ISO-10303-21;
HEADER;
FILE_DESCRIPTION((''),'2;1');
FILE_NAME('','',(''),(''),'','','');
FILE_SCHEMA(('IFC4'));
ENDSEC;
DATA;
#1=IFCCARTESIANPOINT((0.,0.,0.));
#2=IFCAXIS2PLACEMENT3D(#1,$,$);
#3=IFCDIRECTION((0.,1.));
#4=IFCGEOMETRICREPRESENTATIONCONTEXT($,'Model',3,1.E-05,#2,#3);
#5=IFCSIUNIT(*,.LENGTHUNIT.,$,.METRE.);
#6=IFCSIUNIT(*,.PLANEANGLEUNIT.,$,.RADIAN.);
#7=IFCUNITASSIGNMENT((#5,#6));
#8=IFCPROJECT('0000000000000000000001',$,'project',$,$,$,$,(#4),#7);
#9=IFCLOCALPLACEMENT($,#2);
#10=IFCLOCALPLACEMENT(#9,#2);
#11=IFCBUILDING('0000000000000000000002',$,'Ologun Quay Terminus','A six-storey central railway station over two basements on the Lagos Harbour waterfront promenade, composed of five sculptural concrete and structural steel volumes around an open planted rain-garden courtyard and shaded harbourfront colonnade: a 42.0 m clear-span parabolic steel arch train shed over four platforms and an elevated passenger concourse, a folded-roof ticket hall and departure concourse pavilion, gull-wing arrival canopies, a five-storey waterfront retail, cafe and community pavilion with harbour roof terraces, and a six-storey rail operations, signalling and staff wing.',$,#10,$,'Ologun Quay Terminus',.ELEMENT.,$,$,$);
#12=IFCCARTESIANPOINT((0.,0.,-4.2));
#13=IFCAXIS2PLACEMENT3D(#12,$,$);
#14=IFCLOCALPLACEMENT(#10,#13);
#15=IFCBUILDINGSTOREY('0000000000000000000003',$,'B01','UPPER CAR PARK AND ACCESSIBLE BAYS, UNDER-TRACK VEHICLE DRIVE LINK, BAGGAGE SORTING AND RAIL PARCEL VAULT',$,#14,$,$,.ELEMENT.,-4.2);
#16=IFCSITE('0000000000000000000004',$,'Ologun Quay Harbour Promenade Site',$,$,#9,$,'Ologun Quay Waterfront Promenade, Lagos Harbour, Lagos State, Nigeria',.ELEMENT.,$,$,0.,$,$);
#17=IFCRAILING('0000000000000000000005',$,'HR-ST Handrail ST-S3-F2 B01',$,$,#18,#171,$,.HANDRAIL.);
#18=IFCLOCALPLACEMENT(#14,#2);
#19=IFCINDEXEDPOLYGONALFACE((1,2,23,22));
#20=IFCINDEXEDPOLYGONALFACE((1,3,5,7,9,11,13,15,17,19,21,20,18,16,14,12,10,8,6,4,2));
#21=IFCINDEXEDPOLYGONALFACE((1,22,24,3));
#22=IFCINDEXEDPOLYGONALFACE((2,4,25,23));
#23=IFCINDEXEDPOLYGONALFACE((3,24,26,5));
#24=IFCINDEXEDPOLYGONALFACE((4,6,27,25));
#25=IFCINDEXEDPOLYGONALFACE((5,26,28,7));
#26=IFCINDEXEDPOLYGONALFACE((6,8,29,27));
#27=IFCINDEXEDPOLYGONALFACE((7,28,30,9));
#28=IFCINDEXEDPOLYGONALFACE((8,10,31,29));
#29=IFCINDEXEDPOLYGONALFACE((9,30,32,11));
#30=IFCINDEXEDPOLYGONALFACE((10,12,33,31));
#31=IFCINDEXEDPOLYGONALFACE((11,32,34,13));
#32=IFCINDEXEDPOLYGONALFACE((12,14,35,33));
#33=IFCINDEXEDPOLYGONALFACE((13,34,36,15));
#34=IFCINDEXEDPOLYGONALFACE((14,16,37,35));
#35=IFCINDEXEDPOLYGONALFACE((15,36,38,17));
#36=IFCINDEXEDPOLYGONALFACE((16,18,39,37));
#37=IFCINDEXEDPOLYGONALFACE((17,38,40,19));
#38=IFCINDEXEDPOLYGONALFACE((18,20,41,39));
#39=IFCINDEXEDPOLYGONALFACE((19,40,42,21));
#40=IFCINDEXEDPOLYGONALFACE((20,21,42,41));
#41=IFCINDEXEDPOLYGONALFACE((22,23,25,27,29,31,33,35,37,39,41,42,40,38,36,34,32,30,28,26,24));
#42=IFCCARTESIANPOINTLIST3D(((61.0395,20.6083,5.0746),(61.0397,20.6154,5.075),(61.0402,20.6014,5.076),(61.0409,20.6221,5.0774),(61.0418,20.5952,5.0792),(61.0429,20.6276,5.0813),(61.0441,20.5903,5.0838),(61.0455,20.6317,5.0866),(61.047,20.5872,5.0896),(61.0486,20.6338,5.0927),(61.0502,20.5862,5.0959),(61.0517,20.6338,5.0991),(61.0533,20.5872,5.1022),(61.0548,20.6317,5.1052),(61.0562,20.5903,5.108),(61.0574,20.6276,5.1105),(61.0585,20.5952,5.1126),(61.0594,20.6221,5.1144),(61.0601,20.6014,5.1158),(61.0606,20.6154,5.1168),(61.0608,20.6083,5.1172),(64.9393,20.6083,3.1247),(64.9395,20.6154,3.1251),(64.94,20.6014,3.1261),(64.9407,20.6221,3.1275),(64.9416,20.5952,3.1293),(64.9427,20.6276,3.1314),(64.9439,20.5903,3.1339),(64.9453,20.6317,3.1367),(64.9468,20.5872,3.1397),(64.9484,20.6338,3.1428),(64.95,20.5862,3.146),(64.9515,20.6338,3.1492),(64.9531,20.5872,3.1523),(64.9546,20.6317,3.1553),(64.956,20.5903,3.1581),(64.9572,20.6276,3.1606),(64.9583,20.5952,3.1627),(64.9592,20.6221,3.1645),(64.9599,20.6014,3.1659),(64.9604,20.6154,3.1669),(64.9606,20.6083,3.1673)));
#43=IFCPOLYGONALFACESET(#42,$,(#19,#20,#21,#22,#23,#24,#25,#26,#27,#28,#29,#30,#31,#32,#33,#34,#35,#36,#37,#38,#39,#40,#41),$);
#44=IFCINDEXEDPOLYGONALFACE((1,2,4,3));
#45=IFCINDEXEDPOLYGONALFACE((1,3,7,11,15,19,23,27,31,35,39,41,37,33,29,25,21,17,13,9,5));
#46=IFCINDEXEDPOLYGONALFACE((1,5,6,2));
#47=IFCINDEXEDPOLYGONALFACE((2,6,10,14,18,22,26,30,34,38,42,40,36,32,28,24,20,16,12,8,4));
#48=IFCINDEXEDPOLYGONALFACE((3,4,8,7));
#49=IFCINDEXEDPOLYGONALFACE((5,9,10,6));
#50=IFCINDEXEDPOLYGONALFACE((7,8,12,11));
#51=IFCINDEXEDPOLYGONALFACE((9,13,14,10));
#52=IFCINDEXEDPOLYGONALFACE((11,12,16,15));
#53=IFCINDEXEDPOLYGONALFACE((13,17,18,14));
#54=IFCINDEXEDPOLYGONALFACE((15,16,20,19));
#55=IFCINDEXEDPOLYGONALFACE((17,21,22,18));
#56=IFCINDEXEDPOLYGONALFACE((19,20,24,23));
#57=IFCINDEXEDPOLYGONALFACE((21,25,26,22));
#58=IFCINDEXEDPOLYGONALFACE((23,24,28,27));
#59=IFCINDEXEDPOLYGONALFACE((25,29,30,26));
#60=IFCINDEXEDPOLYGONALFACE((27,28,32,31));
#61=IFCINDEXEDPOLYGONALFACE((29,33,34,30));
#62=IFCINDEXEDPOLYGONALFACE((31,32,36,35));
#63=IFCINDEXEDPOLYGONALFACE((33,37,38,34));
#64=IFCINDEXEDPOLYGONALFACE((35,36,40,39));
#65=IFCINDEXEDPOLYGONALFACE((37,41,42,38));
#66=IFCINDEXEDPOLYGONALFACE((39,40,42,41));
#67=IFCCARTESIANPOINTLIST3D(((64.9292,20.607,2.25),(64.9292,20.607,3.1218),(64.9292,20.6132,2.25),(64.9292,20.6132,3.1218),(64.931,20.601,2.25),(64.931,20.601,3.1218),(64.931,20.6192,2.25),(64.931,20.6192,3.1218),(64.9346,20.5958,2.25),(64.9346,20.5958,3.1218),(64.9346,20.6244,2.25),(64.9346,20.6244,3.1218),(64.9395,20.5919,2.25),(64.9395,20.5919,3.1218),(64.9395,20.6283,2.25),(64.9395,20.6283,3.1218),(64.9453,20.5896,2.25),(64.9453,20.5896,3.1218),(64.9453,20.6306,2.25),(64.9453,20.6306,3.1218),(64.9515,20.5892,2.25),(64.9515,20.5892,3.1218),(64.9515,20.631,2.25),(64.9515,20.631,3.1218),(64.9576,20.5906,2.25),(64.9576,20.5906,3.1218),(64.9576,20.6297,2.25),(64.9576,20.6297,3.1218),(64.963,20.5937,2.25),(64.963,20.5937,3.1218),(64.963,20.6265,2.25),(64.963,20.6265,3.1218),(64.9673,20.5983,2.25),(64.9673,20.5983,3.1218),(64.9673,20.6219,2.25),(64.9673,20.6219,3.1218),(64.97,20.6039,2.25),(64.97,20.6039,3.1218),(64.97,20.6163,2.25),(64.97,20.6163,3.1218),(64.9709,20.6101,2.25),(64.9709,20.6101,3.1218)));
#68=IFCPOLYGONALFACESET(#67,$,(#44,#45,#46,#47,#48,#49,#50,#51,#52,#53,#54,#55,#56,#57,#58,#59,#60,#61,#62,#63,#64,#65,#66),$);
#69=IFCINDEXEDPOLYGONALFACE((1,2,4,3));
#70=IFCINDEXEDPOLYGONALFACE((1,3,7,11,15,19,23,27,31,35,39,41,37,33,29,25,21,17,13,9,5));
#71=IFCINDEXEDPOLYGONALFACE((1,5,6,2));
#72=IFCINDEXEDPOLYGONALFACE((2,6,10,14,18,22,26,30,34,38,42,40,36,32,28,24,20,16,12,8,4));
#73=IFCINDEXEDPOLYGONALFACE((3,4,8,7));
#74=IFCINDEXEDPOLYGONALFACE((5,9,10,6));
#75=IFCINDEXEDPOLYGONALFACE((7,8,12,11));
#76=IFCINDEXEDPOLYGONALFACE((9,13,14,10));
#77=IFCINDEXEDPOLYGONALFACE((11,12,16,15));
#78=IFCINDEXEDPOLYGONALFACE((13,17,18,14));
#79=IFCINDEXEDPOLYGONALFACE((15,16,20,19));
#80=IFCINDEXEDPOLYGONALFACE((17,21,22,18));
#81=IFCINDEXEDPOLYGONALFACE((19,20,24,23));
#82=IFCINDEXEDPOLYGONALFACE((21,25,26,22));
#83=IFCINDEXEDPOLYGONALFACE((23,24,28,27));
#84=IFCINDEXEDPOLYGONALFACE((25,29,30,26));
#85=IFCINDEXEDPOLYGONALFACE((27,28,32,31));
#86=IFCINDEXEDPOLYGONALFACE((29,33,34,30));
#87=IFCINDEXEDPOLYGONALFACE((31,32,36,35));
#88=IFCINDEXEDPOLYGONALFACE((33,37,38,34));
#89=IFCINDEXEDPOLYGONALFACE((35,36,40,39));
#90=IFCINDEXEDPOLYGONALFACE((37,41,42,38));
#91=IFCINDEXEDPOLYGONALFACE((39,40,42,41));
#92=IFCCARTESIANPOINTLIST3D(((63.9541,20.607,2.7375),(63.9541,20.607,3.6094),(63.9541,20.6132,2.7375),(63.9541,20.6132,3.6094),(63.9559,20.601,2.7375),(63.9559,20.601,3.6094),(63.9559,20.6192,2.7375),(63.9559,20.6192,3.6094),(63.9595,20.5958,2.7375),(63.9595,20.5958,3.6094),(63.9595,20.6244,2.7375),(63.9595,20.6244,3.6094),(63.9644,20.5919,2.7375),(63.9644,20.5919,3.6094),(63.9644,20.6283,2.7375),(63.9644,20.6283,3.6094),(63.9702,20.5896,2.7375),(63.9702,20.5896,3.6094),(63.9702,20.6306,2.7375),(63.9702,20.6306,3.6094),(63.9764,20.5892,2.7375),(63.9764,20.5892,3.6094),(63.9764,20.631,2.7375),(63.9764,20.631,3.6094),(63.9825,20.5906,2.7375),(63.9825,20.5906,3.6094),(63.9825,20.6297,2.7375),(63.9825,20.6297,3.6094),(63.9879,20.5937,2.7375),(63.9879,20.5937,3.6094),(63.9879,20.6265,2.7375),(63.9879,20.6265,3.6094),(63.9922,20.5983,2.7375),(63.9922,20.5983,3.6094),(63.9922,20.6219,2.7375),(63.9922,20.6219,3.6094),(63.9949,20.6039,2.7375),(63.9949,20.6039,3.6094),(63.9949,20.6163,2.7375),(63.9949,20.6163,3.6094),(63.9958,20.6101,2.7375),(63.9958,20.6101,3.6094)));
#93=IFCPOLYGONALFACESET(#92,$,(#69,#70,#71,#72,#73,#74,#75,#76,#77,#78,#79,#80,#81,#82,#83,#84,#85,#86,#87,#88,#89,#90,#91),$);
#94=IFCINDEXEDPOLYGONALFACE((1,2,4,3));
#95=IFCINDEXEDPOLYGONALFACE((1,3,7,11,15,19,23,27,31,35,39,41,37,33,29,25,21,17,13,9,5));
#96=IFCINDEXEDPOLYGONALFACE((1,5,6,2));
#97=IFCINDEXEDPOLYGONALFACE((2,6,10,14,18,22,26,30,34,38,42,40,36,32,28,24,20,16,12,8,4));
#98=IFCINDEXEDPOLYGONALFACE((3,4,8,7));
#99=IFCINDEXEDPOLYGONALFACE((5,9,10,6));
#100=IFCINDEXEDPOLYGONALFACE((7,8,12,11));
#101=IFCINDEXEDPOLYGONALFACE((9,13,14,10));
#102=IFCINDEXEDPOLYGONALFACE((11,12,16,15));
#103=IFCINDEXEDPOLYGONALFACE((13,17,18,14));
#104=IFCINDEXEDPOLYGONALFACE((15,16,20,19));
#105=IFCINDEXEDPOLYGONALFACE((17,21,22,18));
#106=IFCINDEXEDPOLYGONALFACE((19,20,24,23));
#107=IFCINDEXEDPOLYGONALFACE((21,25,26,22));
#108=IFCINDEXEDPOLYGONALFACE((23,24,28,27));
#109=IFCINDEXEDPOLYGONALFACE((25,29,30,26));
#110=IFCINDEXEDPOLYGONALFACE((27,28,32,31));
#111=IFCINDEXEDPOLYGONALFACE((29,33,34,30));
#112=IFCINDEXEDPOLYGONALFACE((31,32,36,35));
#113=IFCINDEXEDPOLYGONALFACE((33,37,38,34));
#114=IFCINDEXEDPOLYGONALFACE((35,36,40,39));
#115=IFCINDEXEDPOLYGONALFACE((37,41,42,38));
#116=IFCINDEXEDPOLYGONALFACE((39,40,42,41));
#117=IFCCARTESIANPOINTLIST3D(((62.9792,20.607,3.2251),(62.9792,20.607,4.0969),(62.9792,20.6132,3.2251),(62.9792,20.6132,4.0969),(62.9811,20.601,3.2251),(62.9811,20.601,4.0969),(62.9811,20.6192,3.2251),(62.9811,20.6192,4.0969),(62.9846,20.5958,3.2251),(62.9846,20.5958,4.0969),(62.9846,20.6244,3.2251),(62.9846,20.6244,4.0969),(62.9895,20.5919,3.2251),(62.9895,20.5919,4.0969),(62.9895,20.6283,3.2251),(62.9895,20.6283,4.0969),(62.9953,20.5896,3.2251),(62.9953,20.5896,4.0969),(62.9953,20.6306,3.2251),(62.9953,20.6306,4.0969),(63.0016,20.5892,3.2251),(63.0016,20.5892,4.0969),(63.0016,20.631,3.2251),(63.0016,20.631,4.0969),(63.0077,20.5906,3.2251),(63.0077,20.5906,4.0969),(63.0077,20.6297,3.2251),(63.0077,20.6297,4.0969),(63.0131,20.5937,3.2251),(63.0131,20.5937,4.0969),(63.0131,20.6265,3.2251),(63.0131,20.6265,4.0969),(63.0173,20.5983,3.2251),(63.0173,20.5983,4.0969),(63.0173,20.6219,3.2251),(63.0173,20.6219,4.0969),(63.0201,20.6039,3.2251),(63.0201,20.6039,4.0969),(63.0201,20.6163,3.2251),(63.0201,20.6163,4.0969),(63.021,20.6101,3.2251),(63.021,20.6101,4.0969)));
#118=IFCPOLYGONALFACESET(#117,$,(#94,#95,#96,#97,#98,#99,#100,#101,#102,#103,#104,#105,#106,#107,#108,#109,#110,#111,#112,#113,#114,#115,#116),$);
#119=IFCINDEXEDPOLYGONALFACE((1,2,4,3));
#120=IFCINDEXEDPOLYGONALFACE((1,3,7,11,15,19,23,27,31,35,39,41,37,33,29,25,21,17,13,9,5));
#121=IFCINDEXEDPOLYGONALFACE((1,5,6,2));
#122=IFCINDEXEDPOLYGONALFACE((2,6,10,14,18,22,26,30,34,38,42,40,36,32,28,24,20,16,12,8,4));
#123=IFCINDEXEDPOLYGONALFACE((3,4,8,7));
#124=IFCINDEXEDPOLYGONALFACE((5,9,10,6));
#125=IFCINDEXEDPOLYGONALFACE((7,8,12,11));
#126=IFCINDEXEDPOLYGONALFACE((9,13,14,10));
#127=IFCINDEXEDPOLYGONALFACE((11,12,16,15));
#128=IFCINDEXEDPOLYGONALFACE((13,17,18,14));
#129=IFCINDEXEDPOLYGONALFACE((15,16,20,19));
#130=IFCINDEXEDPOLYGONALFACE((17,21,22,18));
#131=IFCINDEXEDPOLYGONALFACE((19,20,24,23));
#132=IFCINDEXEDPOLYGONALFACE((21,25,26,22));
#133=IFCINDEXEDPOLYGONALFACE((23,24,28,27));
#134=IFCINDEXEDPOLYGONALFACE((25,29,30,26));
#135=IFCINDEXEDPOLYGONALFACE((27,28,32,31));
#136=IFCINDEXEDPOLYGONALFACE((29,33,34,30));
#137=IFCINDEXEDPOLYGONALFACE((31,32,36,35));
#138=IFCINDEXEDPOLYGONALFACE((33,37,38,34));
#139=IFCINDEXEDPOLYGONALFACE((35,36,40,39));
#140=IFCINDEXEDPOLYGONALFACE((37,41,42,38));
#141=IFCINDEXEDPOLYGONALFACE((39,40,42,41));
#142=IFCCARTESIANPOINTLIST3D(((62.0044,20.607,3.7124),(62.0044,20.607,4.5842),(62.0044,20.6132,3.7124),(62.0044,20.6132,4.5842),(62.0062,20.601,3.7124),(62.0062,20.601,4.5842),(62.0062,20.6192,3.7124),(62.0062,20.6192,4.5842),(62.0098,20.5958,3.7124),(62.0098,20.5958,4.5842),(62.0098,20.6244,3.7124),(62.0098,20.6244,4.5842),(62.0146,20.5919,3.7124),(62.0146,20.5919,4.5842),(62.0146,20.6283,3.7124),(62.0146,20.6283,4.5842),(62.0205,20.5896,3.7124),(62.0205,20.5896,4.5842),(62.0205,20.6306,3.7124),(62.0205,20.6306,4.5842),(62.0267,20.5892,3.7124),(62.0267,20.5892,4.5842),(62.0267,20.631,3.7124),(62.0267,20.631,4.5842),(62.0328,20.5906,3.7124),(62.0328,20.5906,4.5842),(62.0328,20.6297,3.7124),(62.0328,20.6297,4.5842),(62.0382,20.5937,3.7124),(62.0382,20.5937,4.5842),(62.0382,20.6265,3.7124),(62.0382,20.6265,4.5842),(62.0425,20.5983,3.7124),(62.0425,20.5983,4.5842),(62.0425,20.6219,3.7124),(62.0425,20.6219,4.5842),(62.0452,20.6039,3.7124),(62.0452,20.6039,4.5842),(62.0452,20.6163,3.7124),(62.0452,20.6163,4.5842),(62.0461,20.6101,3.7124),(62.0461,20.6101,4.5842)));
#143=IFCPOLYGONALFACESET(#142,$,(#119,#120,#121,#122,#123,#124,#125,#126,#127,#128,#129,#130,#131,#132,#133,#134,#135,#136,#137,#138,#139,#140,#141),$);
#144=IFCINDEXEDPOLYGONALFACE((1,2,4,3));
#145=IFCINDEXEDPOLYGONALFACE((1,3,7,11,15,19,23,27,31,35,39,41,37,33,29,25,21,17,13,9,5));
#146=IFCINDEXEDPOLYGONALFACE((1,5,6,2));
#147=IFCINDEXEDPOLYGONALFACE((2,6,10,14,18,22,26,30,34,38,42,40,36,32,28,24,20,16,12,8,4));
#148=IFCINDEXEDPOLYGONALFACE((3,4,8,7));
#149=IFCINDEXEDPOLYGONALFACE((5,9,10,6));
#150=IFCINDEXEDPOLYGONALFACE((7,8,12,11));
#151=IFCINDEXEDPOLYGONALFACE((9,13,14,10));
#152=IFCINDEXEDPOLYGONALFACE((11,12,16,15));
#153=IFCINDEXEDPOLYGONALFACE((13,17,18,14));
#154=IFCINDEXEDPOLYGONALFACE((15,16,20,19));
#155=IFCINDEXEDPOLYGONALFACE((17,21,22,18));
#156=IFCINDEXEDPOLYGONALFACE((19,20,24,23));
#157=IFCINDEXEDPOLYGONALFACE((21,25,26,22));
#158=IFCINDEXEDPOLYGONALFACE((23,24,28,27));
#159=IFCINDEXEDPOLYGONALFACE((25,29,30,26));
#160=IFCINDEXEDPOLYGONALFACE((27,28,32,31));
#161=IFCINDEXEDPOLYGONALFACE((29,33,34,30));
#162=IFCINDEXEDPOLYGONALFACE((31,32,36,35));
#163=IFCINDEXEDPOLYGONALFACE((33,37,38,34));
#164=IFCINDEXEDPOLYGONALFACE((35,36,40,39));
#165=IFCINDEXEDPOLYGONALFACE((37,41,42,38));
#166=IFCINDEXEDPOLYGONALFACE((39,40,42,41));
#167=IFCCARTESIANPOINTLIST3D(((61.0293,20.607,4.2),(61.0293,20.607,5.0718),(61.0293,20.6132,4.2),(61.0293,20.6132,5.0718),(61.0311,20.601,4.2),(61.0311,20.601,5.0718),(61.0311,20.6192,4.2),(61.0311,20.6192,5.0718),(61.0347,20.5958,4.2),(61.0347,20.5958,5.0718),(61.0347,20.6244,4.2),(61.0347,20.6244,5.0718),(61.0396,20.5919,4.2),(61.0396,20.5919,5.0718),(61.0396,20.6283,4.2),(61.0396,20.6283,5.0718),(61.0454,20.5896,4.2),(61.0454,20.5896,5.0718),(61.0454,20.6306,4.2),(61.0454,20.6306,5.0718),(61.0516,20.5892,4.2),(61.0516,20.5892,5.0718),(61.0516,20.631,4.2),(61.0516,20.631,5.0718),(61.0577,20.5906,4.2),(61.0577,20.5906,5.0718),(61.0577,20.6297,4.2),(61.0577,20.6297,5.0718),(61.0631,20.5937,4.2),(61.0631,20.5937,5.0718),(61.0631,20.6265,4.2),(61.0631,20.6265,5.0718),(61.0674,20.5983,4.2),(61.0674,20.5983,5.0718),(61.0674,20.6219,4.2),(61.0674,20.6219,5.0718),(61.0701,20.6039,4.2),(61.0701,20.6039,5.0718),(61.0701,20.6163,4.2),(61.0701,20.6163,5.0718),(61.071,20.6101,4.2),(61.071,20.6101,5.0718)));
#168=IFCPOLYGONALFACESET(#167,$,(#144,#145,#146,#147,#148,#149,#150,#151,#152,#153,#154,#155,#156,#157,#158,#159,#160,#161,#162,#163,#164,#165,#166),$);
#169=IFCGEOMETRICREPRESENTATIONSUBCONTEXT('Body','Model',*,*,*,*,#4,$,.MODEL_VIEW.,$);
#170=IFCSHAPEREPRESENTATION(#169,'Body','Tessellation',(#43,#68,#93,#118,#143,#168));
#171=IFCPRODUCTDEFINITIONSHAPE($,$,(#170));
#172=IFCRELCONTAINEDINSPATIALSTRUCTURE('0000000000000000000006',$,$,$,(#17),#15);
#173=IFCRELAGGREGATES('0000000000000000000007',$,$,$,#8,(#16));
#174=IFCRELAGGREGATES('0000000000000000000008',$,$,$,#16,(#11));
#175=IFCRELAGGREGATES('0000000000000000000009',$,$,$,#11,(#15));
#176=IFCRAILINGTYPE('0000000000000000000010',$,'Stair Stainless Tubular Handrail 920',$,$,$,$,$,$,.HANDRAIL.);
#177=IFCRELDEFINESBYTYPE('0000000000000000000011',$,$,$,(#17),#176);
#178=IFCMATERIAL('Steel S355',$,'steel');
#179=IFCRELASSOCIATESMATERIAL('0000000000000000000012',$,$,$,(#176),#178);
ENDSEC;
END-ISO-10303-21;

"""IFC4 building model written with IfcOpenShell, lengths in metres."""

from ifc_helpers import new_model, si_unit, direction, frame, origin, origin_2d, place, context, subcontext, project, spatial, circle, extrude, material, type_object, element, save


model = new_model("IFC4")

# Units and contexts
model_context = context("Model", 3, precision=1e-05, world=origin(), true_north=direction((0.0, 1.0)))
body_context = subcontext(model_context, "Body", "Model", "MODEL_VIEW")
ifc_project = project(units=[si_unit("LENGTHUNIT", "METRE"), si_unit("PLANEANGLEUNIT", "RADIAN")], contexts=[model_context])

# Site, building, storey
site_placement = place(None, origin())
site = spatial("IfcSite", under=ifc_project, at=site_placement, Name="Ologun Quay Harbour Promenade Site", LongName="Ologun Quay Waterfront Promenade, Lagos Harbour, Lagos State, Nigeria", CompositionType="ELEMENT", RefElevation=0.0)
building_placement = place(site_placement, origin())
building = spatial("IfcBuilding", under=site, at=building_placement, Name="Ologun Quay Terminus", Description="A six-storey central railway station over two basements on the Lagos Harbour waterfront promenade, composed of five sculptural concrete and structural steel volumes around an open planted rain-garden courtyard and shaded harbourfront colonnade: a 42.0 m clear-span parabolic steel arch train shed over four platforms and an elevated passenger concourse, a folded-roof ticket hall and departure concourse pavilion, gull-wing arrival canopies, a five-storey waterfront retail, cafe and community pavilion with harbour roof terraces, and a six-storey rail operations, signalling and staff wing.", LongName="Ologun Quay Terminus", CompositionType="ELEMENT")
storey_placement = place(building_placement, frame((0.0, 0.0, -4.2)))
storey = spatial("IfcBuildingStorey", under=building, at=storey_placement, Name="B01", Description="UPPER CAR PARK AND ACCESSIBLE BAYS, UNDER-TRACK VEHICLE DRIVE LINK, BAGGAGE SORTING AND RAIL PARCEL VAULT", CompositionType="ELEMENT", Elevation=-4.2)

# Railing
ifc_material_1 = material(Name="Steel S355", Category="steel")
railing_type_1 = type_object("IfcRailingType", Name="Stair Stainless Tubular Handrail 920", PredefinedType="HANDRAIL", material=ifc_material_1)
railing_1_placement = place(storey_placement, frame((64.95, 20.6101, 2.25)))
element("IfcRailing", 1, at=railing_1_placement, inside=storey, type_object=railing_type_1, Name="HR-ST Handrail ST-S3-F2 B01", PredefinedType="HANDRAIL", context=body_context, shape_type="SweptSolid", body=[
    extrude(circle(Radius=0.0239, at=origin_2d()), frame((0.0, 0.0, 0.896), z_axis=(-0.894427, 0.0, 0.447214), x_axis=(0.0, -1.0, 0.0)), (0.0, 0.0, 1.0), 4.3601),
    extrude(circle(Radius=0.021, at=origin_2d()), origin(), (0.0, 0.0, 1.0), 0.8718),
    extrude(circle(Radius=0.021, at=origin_2d()), frame((-0.9751, 0.0, 0.4875)), (0.0, 0.0, 1.0), 0.8718),
    extrude(circle(Radius=0.021, at=origin_2d()), frame((-1.95, 0.0, 0.9751)), (0.0, 0.0, 1.0), 0.8718),
    extrude(circle(Radius=0.021, at=origin_2d()), frame((-2.9248, 0.0, 1.4624)), (0.0, 0.0, 1.0), 0.8718),
    extrude(circle(Radius=0.021, at=origin_2d()), frame((-3.8999, 0.0, 1.95)), (0.0, 0.0, 1.0), 0.8718),
])

save(model, "model.ifc")
